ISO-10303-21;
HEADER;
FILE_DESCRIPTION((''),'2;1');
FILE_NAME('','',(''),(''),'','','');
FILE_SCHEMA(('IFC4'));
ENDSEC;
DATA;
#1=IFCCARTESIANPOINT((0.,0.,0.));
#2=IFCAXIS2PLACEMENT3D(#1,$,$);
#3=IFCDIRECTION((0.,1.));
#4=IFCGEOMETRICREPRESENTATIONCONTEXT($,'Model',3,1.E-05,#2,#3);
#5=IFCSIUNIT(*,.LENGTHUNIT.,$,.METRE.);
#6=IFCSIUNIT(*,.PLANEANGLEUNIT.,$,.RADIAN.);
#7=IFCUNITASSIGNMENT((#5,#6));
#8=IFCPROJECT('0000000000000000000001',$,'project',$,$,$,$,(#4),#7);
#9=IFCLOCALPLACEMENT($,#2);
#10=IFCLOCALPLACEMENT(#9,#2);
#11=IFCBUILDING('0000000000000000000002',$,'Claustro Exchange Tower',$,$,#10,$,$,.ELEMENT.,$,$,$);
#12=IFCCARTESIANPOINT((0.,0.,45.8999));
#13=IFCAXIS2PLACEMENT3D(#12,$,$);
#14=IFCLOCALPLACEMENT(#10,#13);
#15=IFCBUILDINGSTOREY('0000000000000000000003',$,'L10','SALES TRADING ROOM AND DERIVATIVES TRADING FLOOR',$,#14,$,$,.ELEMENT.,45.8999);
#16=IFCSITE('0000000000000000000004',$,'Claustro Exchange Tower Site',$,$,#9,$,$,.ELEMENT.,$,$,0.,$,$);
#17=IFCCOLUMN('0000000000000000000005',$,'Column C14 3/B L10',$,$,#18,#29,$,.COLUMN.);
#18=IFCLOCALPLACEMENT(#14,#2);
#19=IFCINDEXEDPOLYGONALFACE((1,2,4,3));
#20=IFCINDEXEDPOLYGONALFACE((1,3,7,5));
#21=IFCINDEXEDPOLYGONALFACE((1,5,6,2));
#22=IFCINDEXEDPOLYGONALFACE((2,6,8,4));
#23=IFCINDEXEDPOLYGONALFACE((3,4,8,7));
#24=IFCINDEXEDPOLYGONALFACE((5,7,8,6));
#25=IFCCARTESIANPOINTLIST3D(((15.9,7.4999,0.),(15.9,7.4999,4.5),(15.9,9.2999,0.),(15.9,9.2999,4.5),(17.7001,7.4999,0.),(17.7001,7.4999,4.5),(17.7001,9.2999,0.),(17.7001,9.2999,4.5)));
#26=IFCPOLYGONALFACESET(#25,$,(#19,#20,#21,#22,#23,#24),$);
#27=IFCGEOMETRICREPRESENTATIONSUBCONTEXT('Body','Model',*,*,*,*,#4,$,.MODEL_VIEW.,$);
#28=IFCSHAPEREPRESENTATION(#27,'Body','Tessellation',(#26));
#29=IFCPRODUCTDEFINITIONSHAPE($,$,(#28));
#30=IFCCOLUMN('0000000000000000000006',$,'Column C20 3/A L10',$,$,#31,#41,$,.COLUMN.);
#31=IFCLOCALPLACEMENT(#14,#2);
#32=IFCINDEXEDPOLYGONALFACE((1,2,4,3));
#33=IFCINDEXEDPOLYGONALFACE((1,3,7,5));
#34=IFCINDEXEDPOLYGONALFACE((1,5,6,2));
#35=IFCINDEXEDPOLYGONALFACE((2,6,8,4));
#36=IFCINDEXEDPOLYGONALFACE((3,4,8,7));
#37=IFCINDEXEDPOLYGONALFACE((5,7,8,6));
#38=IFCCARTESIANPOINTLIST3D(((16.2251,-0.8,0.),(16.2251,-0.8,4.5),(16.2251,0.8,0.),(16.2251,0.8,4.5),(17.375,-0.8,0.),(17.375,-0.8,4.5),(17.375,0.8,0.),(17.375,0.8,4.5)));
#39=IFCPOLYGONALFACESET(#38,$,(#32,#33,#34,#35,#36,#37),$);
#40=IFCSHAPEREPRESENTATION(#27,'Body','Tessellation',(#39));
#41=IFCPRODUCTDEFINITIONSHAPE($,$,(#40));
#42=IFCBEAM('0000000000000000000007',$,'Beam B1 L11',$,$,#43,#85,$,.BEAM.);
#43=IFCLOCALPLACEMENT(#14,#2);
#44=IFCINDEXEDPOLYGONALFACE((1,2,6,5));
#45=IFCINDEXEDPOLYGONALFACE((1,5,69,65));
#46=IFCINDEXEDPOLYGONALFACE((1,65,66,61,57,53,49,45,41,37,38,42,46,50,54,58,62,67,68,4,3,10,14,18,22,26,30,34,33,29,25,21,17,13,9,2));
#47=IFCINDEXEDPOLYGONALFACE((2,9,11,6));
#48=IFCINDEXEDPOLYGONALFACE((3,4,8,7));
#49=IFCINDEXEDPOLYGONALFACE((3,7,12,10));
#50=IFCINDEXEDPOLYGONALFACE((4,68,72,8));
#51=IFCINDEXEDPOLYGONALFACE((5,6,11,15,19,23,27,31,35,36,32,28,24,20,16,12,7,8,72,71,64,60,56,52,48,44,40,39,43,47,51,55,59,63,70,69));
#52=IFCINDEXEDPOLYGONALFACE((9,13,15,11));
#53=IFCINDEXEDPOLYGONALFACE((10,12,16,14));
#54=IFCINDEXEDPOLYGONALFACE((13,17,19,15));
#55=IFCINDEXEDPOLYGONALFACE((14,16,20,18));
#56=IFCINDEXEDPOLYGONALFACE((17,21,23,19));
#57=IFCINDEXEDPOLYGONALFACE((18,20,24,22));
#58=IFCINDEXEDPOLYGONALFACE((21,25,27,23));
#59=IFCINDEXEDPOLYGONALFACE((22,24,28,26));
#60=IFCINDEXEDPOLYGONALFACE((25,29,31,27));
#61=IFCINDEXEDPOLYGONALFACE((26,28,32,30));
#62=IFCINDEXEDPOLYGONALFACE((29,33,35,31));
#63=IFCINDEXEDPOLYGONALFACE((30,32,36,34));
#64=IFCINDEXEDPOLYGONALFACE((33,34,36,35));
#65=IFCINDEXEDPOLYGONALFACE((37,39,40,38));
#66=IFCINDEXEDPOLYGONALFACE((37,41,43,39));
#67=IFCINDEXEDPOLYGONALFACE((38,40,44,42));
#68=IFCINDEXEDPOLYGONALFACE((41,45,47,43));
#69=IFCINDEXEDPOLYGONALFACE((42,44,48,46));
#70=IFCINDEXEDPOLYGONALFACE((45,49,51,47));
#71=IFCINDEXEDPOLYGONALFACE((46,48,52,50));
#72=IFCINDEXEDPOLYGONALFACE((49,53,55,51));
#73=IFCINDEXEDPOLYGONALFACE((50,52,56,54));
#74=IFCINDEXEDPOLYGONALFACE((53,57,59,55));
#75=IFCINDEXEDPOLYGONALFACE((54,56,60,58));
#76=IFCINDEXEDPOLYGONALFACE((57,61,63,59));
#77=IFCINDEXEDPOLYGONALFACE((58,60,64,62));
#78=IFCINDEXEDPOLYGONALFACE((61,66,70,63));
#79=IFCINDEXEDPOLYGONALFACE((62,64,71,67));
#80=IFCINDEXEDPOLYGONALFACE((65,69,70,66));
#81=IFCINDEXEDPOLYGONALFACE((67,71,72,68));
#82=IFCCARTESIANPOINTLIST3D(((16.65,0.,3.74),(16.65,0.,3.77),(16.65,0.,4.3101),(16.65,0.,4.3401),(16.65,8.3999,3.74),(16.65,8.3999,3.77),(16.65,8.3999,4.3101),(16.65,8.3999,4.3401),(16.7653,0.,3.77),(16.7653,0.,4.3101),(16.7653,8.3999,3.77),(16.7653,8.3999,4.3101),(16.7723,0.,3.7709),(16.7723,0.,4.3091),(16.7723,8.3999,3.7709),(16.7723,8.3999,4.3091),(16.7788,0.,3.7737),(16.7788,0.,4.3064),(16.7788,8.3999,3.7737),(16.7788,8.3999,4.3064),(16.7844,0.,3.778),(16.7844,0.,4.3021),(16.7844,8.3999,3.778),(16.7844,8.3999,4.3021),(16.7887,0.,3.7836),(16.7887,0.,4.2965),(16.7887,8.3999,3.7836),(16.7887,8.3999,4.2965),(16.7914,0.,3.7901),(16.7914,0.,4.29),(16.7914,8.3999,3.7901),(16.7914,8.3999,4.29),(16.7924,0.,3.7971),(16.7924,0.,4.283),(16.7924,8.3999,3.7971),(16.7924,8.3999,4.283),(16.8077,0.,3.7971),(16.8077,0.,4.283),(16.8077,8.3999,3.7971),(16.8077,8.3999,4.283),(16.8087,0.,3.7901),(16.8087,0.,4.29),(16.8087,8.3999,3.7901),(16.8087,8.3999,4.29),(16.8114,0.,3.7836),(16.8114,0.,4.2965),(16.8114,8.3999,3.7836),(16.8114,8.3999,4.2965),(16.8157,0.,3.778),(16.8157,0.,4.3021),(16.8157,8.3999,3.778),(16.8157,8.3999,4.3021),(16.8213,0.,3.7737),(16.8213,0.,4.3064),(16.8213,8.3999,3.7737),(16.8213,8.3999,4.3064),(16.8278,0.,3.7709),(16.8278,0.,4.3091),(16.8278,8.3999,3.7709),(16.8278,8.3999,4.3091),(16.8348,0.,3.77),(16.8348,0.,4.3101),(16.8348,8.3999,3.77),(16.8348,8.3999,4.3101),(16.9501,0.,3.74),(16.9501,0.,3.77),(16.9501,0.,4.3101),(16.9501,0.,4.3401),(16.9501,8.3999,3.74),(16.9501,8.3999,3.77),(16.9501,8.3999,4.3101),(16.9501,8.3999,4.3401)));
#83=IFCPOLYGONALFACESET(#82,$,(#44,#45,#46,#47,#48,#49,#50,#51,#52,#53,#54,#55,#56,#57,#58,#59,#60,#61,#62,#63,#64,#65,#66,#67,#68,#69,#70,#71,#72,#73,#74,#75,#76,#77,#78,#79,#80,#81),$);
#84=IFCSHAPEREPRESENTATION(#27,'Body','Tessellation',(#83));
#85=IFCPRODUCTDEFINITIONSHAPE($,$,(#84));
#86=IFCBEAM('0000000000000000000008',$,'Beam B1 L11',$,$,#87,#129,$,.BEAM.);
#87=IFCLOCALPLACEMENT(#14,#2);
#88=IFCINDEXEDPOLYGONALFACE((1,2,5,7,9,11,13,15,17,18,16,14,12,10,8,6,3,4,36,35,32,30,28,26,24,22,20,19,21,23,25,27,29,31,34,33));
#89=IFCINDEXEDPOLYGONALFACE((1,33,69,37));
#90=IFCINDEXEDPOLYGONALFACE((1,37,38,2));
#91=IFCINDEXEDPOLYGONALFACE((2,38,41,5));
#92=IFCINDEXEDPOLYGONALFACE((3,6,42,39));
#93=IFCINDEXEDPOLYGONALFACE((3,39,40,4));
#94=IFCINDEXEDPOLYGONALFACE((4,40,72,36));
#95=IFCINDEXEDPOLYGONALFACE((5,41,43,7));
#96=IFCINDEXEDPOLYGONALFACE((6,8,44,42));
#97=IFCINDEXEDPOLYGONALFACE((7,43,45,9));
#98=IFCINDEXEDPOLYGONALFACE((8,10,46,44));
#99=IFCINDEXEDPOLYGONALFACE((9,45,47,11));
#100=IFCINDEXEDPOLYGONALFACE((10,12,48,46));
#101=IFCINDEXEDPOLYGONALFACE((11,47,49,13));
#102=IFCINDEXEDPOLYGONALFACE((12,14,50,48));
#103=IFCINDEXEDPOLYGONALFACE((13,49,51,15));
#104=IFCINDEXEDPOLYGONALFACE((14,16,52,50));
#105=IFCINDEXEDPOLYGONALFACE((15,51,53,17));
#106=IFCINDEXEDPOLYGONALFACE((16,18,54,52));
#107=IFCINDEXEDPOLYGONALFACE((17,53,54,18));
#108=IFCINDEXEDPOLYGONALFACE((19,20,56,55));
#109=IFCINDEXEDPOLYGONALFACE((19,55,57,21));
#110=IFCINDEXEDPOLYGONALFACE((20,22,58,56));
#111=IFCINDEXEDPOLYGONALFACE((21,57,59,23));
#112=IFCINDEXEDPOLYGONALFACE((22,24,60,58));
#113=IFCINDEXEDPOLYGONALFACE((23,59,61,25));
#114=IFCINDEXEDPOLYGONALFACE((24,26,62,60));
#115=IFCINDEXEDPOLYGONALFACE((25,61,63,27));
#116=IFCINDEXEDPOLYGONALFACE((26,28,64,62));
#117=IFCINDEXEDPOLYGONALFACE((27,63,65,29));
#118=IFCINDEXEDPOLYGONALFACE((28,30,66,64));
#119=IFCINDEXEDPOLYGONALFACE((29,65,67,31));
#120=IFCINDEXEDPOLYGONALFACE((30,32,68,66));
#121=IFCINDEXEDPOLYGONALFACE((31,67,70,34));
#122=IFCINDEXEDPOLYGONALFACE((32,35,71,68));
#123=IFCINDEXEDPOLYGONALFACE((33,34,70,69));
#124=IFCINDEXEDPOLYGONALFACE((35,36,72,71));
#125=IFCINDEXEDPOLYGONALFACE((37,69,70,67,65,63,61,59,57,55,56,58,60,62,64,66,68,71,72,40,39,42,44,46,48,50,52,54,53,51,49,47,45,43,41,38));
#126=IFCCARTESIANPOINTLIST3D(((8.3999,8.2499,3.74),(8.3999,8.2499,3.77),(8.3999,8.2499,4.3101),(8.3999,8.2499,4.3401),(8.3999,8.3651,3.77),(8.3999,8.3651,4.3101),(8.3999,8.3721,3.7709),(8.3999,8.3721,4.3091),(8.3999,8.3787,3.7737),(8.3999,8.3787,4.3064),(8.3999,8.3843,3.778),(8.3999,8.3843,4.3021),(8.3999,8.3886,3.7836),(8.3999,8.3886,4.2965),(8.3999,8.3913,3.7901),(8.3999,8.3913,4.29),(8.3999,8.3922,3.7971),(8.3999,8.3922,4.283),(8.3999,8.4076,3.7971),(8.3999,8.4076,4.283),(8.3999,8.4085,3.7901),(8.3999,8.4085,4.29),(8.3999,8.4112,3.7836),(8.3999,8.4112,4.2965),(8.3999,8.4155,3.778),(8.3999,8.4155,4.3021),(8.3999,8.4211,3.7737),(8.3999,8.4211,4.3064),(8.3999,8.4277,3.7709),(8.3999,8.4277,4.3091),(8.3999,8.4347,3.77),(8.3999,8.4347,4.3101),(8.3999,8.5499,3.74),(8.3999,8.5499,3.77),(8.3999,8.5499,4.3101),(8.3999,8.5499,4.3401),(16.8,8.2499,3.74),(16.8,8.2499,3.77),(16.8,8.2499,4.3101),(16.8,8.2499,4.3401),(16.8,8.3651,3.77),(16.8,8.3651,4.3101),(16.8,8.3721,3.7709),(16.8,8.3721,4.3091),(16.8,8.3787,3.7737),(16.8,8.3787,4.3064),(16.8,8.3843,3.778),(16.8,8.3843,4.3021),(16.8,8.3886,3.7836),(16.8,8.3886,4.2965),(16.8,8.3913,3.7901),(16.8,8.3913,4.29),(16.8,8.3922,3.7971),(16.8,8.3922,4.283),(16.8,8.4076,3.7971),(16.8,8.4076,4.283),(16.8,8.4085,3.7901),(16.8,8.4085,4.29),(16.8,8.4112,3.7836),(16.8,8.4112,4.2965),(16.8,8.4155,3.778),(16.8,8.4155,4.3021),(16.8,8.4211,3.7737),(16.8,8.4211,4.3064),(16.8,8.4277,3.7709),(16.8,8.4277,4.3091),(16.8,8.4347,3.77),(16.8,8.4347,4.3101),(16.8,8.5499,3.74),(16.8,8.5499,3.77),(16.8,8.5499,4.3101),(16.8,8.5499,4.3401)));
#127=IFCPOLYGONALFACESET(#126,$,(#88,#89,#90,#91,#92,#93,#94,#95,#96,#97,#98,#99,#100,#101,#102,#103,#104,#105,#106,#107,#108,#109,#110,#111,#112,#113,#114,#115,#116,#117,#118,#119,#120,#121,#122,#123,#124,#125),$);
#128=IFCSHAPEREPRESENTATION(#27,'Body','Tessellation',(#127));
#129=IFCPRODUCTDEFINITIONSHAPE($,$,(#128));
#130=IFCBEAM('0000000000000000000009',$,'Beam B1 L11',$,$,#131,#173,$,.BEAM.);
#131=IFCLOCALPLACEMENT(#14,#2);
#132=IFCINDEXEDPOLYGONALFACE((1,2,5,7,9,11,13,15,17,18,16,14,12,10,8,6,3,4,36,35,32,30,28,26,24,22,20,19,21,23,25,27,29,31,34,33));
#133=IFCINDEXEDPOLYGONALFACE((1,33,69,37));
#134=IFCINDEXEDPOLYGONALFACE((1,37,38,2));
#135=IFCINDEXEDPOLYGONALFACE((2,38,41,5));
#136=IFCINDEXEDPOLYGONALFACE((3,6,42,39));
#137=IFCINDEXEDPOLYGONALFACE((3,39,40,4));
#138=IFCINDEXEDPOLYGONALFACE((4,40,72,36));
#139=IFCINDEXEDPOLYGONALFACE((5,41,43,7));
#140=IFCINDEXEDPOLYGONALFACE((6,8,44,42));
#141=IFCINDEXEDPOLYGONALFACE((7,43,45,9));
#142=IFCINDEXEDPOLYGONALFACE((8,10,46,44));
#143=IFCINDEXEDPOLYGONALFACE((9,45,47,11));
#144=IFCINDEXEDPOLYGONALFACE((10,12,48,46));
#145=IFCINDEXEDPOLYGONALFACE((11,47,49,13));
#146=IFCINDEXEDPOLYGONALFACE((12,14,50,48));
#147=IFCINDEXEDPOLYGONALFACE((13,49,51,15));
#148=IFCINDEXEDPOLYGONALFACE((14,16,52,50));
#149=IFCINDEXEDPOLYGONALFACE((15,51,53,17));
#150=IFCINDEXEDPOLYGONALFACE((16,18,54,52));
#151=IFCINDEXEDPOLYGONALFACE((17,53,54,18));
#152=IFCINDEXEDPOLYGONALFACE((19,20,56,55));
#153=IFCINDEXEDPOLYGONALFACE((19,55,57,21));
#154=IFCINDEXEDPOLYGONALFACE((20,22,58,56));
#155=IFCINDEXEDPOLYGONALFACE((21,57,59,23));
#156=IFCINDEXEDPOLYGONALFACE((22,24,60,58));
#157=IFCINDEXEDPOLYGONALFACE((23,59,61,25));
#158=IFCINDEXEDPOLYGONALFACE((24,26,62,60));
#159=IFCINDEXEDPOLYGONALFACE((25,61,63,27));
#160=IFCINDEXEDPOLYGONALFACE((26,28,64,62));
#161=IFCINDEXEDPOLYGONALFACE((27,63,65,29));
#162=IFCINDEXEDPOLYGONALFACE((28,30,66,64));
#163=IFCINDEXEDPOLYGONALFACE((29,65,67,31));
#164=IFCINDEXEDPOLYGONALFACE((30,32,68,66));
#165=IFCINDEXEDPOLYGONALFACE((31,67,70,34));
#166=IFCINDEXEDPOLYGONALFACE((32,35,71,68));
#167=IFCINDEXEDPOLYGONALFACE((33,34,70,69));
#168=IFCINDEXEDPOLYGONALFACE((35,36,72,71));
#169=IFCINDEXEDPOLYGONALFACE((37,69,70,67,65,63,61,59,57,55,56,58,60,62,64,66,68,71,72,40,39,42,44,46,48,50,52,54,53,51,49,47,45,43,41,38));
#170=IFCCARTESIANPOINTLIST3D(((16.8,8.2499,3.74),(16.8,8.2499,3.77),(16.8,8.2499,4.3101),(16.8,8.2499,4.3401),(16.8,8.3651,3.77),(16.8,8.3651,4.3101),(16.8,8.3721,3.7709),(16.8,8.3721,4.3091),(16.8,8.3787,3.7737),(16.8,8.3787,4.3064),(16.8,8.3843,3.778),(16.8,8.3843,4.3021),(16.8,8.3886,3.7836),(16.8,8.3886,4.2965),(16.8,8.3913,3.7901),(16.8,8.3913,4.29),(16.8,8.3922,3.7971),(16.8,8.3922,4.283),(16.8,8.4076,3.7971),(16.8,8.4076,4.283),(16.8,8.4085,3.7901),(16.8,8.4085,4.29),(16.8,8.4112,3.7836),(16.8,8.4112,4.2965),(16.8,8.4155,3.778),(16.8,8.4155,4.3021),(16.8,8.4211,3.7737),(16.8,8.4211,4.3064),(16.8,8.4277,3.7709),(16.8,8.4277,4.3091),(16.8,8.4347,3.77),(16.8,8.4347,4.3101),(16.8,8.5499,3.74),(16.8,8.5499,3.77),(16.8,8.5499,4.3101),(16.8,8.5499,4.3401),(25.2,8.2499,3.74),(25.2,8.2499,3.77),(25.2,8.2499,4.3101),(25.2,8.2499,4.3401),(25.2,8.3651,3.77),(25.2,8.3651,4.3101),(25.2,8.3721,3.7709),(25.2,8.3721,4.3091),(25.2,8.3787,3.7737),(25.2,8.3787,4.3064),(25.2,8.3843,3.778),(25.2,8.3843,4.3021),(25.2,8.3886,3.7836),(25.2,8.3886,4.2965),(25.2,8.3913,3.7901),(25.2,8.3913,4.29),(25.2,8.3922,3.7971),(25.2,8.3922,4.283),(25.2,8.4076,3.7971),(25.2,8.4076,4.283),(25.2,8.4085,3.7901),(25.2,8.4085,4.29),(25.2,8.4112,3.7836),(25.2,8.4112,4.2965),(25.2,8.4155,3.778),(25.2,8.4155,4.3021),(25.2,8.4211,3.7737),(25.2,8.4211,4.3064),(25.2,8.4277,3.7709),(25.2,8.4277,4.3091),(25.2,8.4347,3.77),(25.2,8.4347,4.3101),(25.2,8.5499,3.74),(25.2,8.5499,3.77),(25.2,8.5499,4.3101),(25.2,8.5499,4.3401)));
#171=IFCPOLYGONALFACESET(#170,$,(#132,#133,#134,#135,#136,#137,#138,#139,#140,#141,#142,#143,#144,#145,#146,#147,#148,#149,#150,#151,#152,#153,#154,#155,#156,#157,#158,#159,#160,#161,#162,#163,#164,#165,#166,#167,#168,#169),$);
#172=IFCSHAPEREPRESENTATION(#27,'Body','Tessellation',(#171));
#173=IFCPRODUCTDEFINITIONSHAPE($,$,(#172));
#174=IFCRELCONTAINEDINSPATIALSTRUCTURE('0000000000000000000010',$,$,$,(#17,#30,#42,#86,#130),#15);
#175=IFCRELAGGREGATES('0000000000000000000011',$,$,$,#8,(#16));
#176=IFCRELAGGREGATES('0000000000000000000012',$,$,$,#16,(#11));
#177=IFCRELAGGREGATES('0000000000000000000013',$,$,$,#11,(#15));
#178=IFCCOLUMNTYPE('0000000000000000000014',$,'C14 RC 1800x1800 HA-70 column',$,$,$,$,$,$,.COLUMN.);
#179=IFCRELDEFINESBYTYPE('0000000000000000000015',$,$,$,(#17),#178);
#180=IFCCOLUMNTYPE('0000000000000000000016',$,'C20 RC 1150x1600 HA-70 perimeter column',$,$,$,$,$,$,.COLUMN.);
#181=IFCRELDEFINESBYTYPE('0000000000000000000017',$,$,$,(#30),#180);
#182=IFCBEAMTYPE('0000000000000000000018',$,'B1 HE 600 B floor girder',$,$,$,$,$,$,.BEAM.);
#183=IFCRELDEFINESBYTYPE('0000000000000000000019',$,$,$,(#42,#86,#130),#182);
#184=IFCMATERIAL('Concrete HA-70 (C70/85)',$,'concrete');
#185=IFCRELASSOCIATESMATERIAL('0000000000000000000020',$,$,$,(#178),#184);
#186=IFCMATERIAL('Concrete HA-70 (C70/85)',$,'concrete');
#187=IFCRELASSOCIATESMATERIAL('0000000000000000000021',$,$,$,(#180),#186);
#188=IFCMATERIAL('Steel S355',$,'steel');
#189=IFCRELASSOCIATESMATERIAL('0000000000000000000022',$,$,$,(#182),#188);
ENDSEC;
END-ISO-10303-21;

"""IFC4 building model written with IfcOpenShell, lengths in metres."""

from ifc_helpers import new_model, si_unit, direction, frame, origin, origin_2d, place, context, subcontext, project, spatial, rectangle, i_section, extrude, material, material_profile, profile_set, type_object, element, save


model = new_model("IFC4")

# Units and contexts
model_context = context("Model", 3, precision=1e-05, world=origin(), true_north=direction((0.0, 1.0)))
body_context = subcontext(model_context, "Body", "Model", "MODEL_VIEW")
ifc_project = project(units=[si_unit("LENGTHUNIT", "METRE"), si_unit("PLANEANGLEUNIT", "RADIAN")], contexts=[model_context])

# Site, building, storey
site_placement = place(None, origin())
site = spatial("IfcSite", under=ifc_project, at=site_placement, Name="Claustro Exchange Tower Site", CompositionType="ELEMENT", RefElevation=0.0)
building_placement = place(site_placement, origin())
building = spatial("IfcBuilding", under=site, at=building_placement, Name="Claustro Exchange Tower", CompositionType="ELEMENT")
storey_placement = place(building_placement, frame((0.0, 0.0, 45.8999)))
storey = spatial("IfcBuildingStorey", under=building, at=storey_placement, Name="L10", Description="SALES TRADING ROOM AND DERIVATIVES TRADING FLOOR", CompositionType="ELEMENT", Elevation=45.8999)

# Columns
ifc_material_1 = material(Name="Concrete HA-70 (C70/85)", Category="concrete")
ifc_material_profile_1 = material_profile(ifc_material_1, rectangle(XDim=1.8, YDim=1.8, at=origin_2d()), Name="RC 1800x1800")
ifc_profile_set_1 = profile_set([ifc_material_profile_1], Name="Concrete HA-70 (C70/85)")
column_type_1 = type_object("IfcColumnType", Name="C14 RC 1800x1800 HA-70 column", PredefinedType="COLUMN", material=ifc_profile_set_1)
column_1_placement = place(storey_placement, frame((16.8, 8.3999, 0.0), z_axis=(0.0, 0.0, 1.0), x_axis=(1.0, 0.0, 0.0)))
element("IfcColumn", 1, at=column_1_placement, inside=storey, type_object=column_type_1, Name="Column C14 3/B L10", PredefinedType="COLUMN", context=body_context, shape_type="SweptSolid", body=[
    extrude(rectangle(XDim=1.8, YDim=1.8, at=origin_2d()), origin(), (0.0, 0.0, 1.0), 4.5),
])
ifc_material_2 = material(Name="Concrete HA-70 (C70/85)", Category="concrete")
ifc_material_profile_2 = material_profile(ifc_material_2, rectangle(XDim=1.1499, YDim=1.6001, at=origin_2d()), Name="RC 1150x1600")
ifc_profile_set_2 = profile_set([ifc_material_profile_2], Name="Concrete HA-70 (C70/85)")
column_type_2 = type_object("IfcColumnType", Name="C20 RC 1150x1600 HA-70 perimeter column", PredefinedType="COLUMN", material=ifc_profile_set_2)
column_2_placement = place(storey_placement, frame((16.8, 0.0, 0.0), z_axis=(0.0, 0.0, 1.0), x_axis=(1.0, 0.0, 0.0)))
element("IfcColumn", 2, at=column_2_placement, inside=storey, type_object=column_type_2, Name="Column C20 3/A L10", PredefinedType="COLUMN", context=body_context, shape_type="SweptSolid", body=[
    extrude(rectangle(XDim=1.1499, YDim=1.6001, at=origin_2d()), origin(), (0.0, 0.0, 1.0), 4.5),
])

# Beams
ifc_material_3 = material(Name="Steel S355", Category="steel")
ifc_material_profile_3 = material_profile(ifc_material_3, i_section(OverallWidth=0.3, OverallDepth=0.6001, WebThickness=0.0154, FlangeThickness=0.03, FilletRadius=0.0271, at=origin_2d()), Name="HE 600 B")
ifc_profile_set_3 = profile_set([ifc_material_profile_3], Name="Steel S355")
beam_type_1 = type_object("IfcBeamType", Name="B1 HE 600 B floor girder", PredefinedType="BEAM", material=ifc_profile_set_3)
beam_1_placement = place(storey_placement, frame((16.8, 0.0, 4.04), z_axis=(0.0, 1.0, 0.0), x_axis=(-1.0, 0.0, 0.0)))
element("IfcBeam", 3, at=beam_1_placement, inside=storey, type_object=beam_type_1, Name="Beam B1 L11", PredefinedType="BEAM", context=body_context, shape_type="SweptSolid", body=[
    extrude(i_section(OverallWidth=0.3, OverallDepth=0.6001, WebThickness=0.0154, FlangeThickness=0.03, FilletRadius=0.0271, at=origin_2d()), origin(), (0.0, 0.0, 1.0), 8.3999),
])
beam_2_placement = place(storey_placement, frame((8.3999, 8.3999, 4.04), z_axis=(1.0, 0.0, 0.0), x_axis=(0.0, 1.0, 0.0)))
element("IfcBeam", 4, at=beam_2_placement, inside=storey, type_object=beam_type_1, Name="Beam B1 L11", PredefinedType="BEAM", context=body_context, shape_type="SweptSolid", body=[
    extrude(i_section(OverallWidth=0.3, OverallDepth=0.6001, WebThickness=0.0154, FlangeThickness=0.03, FilletRadius=0.0271, at=origin_2d()), origin(), (0.0, 0.0, 1.0), 8.4001),
])
beam_3_placement = place(storey_placement, frame((16.8, 8.3999, 4.04), z_axis=(1.0, 0.0, 0.0), x_axis=(0.0, 1.0, 0.0)))
element("IfcBeam", 5, at=beam_3_placement, inside=storey, type_object=beam_type_1, Name="Beam B1 L11", PredefinedType="BEAM", context=body_context, shape_type="SweptSolid", body=[
    extrude(i_section(OverallWidth=0.3, OverallDepth=0.6001, WebThickness=0.0154, FlangeThickness=0.03, FilletRadius=0.0271, at=origin_2d()), origin(), (0.0, 0.0, 1.0), 8.3999),
])

save(model, "model.ifc")
